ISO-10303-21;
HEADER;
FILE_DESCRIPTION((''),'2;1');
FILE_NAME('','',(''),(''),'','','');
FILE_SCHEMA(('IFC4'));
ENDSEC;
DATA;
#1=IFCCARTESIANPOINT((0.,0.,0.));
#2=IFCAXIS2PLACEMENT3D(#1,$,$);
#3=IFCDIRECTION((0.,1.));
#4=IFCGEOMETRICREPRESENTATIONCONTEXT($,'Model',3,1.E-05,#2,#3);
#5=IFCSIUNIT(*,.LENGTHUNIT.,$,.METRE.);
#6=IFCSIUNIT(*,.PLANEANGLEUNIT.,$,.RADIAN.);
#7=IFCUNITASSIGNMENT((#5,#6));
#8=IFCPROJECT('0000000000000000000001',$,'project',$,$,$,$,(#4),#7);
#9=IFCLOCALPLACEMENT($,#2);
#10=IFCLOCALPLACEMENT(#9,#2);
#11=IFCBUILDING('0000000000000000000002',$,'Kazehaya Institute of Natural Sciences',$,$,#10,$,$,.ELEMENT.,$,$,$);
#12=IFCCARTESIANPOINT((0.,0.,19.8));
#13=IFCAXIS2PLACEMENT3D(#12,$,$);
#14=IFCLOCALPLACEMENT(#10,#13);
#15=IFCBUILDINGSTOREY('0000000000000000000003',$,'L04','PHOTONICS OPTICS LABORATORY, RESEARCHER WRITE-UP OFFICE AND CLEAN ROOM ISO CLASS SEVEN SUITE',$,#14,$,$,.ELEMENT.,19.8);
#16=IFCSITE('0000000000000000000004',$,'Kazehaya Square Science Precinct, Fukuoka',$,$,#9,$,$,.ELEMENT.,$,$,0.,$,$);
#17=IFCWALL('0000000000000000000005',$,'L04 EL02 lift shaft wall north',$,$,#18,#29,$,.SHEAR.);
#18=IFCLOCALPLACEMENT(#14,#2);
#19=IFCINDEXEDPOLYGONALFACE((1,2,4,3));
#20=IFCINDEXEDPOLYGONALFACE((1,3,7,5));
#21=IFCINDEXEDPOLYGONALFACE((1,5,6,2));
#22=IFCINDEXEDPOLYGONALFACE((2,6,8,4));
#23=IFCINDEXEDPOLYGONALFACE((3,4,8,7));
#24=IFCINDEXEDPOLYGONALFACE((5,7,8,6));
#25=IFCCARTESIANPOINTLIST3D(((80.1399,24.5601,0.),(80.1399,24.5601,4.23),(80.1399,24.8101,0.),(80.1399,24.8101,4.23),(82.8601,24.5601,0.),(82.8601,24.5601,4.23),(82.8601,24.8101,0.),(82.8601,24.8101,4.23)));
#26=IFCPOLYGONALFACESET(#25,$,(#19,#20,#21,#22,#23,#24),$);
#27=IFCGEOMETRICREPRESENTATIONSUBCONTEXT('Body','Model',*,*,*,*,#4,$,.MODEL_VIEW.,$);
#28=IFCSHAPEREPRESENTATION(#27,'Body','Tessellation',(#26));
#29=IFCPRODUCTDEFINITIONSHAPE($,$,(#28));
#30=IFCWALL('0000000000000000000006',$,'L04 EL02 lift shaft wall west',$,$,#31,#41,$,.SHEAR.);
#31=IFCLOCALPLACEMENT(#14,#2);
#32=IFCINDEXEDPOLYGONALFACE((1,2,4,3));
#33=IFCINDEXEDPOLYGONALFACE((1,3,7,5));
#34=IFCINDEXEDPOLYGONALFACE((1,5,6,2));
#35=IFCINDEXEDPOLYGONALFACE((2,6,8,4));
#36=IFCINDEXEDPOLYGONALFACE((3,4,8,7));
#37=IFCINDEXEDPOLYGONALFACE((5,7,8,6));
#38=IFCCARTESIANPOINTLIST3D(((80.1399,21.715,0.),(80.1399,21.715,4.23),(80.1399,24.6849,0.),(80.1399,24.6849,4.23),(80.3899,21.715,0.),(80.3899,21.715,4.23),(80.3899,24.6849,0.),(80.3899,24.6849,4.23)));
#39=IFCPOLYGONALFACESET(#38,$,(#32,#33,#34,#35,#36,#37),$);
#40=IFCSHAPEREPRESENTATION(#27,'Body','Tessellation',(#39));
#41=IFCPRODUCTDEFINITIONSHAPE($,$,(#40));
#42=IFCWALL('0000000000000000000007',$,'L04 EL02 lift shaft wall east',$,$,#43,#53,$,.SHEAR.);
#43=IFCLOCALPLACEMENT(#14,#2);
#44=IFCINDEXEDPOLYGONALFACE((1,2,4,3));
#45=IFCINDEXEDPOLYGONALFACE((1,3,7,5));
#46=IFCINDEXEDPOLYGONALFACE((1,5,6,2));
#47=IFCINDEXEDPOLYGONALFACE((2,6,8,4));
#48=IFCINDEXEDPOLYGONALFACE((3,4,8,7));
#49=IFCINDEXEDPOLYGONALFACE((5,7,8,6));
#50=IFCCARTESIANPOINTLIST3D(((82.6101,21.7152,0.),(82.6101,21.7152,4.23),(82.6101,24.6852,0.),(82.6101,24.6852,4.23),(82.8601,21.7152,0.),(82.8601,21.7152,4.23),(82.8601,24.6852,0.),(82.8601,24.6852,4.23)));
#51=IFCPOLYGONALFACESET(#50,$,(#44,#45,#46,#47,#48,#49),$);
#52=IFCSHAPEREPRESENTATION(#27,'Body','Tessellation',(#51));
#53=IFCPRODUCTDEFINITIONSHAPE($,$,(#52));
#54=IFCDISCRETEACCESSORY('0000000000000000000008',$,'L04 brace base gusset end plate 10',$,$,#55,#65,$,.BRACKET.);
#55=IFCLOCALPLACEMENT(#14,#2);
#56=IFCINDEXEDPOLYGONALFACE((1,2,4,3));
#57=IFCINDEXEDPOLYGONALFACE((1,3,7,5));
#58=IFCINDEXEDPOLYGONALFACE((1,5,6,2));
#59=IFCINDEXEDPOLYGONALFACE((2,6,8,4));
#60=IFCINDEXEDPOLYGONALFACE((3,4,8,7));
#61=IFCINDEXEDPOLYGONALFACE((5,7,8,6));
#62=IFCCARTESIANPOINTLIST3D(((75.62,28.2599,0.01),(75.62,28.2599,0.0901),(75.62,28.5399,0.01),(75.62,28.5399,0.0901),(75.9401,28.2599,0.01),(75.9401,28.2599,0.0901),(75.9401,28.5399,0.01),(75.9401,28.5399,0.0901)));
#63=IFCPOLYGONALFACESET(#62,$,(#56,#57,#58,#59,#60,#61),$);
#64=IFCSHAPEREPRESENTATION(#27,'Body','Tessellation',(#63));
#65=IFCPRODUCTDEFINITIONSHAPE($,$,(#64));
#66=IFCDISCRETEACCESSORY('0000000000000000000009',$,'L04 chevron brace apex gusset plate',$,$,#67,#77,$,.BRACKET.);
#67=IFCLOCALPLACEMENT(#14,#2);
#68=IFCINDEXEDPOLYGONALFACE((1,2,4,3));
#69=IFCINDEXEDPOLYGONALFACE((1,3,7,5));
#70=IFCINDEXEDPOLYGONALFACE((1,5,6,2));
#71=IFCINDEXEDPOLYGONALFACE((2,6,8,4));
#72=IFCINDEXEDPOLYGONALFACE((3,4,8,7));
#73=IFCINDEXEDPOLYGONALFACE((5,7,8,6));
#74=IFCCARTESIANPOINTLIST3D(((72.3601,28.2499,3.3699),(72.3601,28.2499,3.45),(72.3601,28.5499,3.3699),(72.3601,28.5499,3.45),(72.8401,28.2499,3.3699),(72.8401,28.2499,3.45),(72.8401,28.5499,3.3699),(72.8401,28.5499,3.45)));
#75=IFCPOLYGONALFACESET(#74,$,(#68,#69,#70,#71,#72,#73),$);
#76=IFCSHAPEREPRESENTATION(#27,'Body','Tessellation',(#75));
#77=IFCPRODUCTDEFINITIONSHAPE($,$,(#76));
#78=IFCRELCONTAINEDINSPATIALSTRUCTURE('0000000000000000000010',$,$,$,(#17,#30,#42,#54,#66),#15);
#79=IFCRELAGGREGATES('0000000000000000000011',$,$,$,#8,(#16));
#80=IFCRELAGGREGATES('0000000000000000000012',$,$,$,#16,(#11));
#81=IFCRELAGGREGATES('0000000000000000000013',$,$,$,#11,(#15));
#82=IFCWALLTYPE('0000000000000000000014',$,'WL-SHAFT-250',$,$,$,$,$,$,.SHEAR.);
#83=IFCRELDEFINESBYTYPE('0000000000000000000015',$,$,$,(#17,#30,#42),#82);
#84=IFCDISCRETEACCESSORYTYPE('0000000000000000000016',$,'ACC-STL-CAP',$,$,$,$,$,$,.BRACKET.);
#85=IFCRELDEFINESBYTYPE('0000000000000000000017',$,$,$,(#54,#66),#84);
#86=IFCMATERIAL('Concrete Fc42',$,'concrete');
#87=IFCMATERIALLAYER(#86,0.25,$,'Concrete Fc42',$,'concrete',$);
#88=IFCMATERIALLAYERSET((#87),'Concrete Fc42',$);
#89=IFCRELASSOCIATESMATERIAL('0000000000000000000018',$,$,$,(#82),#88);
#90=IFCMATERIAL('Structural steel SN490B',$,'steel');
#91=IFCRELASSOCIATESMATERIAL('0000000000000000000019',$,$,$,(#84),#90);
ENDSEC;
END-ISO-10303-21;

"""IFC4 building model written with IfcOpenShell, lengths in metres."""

from ifc_helpers import new_model, si_unit, direction, frame, frame_2d, origin, origin_2d, place, context, subcontext, project, spatial, rectangle, extrude, material, layer, layer_set, type_object, element, save


model = new_model("IFC4")

# Units and contexts
model_context = context("Model", 3, precision=1e-05, world=origin(), true_north=direction((0.0, 1.0)))
body_context = subcontext(model_context, "Body", "Model", "MODEL_VIEW")
ifc_project = project(units=[si_unit("LENGTHUNIT", "METRE"), si_unit("PLANEANGLEUNIT", "RADIAN")], contexts=[model_context])

# Site, building, storey
site_placement = place(None, origin())
site = spatial("IfcSite", under=ifc_project, at=site_placement, Name="Kazehaya Square Science Precinct, Fukuoka", CompositionType="ELEMENT", RefElevation=0.0)
building_placement = place(site_placement, origin())
building = spatial("IfcBuilding", under=site, at=building_placement, Name="Kazehaya Institute of Natural Sciences", CompositionType="ELEMENT")
storey_placement = place(building_placement, frame((0.0, 0.0, 19.8)))
storey = spatial("IfcBuildingStorey", under=building, at=storey_placement, Name="L04", Description="PHOTONICS OPTICS LABORATORY, RESEARCHER WRITE-UP OFFICE AND CLEAN ROOM ISO CLASS SEVEN SUITE", CompositionType="ELEMENT", Elevation=19.8)

# Shared definitions
ifc_material_1 = material(Name="Concrete Fc42", Category="concrete")

# Shared definitions
ifc_material_2 = material(Name="Structural steel SN490B", Category="steel")

# Shared definitions
ifc_layer_1 = layer(ifc_material_1, 0.25, Name="Concrete Fc42", Category="concrete")
ifc_layer_set_1 = layer_set([ifc_layer_1], Name="Concrete Fc42")
wall_type_1 = type_object("IfcWallType", Name="WL-SHAFT-250", PredefinedType="SHEAR", material=ifc_layer_set_1)

# Walls
wall_1_placement = place(storey_placement, frame((80.1399, 24.6851, 0.0), z_axis=(0.0, 0.0, 1.0), x_axis=(1.0, 0.0, 0.0)))
element("IfcWall", 1, at=wall_1_placement, inside=storey, type_object=wall_type_1, Name="L04 EL02 lift shaft wall north", PredefinedType="SHEAR", context=body_context, shape_type="SweptSolid", body=[
    extrude(rectangle(XDim=2.7202, YDim=0.25, at=frame_2d((1.3601, 0.0))), origin(), (0.0, 0.0, 1.0), 4.23),
])
for number, where, z_axis, x_axis, name in (
    (2, (80.2649, 21.7151, 0.0), (0.0, 0.0, 1.0), (0.0, 1.0, 0.0), "L04 EL02 lift shaft wall west"),
    (3, (82.7351, 24.6851, 0.0), (0.0, 0.0, 1.0), (0.0, -1.0, 0.0), "L04 EL02 lift shaft wall east"),
):
    element("IfcWall", number, at=place(storey_placement, frame(where, z_axis=z_axis, x_axis=x_axis)), inside=storey, type_object=wall_type_1, Name=name, PredefinedType="SHEAR", context=body_context, shape_type="SweptSolid", body=[
        extrude(rectangle(XDim=2.97, YDim=0.25, at=frame_2d((1.4849, 0.0))), origin(), (0.0, 0.0, 1.0), 4.23),
    ])

# Discrete accessories
discrete_accessory_type = type_object("IfcDiscreteAccessoryType", Name="ACC-STL-CAP", PredefinedType="BRACKET", material=ifc_material_2)
discrete_accessory_1_placement = place(storey_placement, frame((75.78, 28.3999, 0.01), z_axis=(0.0, 0.0, 1.0), x_axis=(1.0, 0.0, 0.0)))
element("IfcDiscreteAccessory", 4, at=discrete_accessory_1_placement, inside=storey, type_object=discrete_accessory_type, Name="L04 brace base gusset end plate 10", PredefinedType="BRACKET", context=body_context, shape_type="SweptSolid", body=[
    extrude(rectangle(XDim=0.3201, YDim=0.28, at=origin_2d()), origin(), (0.0, 0.0, 1.0), 0.0801),
])
discrete_accessory_2_placement = place(storey_placement, frame((72.6001, 28.3999, 3.3699), z_axis=(0.0, 0.0, 1.0), x_axis=(1.0, 0.0, 0.0)))
element("IfcDiscreteAccessory", 5, at=discrete_accessory_2_placement, inside=storey, type_object=discrete_accessory_type, Name="L04 chevron brace apex gusset plate", PredefinedType="BRACKET", context=body_context, shape_type="SweptSolid", body=[
    extrude(rectangle(XDim=0.48, YDim=0.3, at=origin_2d()), origin(), (0.0, 0.0, 1.0), 0.0801),
])

save(model, "model.ifc")
